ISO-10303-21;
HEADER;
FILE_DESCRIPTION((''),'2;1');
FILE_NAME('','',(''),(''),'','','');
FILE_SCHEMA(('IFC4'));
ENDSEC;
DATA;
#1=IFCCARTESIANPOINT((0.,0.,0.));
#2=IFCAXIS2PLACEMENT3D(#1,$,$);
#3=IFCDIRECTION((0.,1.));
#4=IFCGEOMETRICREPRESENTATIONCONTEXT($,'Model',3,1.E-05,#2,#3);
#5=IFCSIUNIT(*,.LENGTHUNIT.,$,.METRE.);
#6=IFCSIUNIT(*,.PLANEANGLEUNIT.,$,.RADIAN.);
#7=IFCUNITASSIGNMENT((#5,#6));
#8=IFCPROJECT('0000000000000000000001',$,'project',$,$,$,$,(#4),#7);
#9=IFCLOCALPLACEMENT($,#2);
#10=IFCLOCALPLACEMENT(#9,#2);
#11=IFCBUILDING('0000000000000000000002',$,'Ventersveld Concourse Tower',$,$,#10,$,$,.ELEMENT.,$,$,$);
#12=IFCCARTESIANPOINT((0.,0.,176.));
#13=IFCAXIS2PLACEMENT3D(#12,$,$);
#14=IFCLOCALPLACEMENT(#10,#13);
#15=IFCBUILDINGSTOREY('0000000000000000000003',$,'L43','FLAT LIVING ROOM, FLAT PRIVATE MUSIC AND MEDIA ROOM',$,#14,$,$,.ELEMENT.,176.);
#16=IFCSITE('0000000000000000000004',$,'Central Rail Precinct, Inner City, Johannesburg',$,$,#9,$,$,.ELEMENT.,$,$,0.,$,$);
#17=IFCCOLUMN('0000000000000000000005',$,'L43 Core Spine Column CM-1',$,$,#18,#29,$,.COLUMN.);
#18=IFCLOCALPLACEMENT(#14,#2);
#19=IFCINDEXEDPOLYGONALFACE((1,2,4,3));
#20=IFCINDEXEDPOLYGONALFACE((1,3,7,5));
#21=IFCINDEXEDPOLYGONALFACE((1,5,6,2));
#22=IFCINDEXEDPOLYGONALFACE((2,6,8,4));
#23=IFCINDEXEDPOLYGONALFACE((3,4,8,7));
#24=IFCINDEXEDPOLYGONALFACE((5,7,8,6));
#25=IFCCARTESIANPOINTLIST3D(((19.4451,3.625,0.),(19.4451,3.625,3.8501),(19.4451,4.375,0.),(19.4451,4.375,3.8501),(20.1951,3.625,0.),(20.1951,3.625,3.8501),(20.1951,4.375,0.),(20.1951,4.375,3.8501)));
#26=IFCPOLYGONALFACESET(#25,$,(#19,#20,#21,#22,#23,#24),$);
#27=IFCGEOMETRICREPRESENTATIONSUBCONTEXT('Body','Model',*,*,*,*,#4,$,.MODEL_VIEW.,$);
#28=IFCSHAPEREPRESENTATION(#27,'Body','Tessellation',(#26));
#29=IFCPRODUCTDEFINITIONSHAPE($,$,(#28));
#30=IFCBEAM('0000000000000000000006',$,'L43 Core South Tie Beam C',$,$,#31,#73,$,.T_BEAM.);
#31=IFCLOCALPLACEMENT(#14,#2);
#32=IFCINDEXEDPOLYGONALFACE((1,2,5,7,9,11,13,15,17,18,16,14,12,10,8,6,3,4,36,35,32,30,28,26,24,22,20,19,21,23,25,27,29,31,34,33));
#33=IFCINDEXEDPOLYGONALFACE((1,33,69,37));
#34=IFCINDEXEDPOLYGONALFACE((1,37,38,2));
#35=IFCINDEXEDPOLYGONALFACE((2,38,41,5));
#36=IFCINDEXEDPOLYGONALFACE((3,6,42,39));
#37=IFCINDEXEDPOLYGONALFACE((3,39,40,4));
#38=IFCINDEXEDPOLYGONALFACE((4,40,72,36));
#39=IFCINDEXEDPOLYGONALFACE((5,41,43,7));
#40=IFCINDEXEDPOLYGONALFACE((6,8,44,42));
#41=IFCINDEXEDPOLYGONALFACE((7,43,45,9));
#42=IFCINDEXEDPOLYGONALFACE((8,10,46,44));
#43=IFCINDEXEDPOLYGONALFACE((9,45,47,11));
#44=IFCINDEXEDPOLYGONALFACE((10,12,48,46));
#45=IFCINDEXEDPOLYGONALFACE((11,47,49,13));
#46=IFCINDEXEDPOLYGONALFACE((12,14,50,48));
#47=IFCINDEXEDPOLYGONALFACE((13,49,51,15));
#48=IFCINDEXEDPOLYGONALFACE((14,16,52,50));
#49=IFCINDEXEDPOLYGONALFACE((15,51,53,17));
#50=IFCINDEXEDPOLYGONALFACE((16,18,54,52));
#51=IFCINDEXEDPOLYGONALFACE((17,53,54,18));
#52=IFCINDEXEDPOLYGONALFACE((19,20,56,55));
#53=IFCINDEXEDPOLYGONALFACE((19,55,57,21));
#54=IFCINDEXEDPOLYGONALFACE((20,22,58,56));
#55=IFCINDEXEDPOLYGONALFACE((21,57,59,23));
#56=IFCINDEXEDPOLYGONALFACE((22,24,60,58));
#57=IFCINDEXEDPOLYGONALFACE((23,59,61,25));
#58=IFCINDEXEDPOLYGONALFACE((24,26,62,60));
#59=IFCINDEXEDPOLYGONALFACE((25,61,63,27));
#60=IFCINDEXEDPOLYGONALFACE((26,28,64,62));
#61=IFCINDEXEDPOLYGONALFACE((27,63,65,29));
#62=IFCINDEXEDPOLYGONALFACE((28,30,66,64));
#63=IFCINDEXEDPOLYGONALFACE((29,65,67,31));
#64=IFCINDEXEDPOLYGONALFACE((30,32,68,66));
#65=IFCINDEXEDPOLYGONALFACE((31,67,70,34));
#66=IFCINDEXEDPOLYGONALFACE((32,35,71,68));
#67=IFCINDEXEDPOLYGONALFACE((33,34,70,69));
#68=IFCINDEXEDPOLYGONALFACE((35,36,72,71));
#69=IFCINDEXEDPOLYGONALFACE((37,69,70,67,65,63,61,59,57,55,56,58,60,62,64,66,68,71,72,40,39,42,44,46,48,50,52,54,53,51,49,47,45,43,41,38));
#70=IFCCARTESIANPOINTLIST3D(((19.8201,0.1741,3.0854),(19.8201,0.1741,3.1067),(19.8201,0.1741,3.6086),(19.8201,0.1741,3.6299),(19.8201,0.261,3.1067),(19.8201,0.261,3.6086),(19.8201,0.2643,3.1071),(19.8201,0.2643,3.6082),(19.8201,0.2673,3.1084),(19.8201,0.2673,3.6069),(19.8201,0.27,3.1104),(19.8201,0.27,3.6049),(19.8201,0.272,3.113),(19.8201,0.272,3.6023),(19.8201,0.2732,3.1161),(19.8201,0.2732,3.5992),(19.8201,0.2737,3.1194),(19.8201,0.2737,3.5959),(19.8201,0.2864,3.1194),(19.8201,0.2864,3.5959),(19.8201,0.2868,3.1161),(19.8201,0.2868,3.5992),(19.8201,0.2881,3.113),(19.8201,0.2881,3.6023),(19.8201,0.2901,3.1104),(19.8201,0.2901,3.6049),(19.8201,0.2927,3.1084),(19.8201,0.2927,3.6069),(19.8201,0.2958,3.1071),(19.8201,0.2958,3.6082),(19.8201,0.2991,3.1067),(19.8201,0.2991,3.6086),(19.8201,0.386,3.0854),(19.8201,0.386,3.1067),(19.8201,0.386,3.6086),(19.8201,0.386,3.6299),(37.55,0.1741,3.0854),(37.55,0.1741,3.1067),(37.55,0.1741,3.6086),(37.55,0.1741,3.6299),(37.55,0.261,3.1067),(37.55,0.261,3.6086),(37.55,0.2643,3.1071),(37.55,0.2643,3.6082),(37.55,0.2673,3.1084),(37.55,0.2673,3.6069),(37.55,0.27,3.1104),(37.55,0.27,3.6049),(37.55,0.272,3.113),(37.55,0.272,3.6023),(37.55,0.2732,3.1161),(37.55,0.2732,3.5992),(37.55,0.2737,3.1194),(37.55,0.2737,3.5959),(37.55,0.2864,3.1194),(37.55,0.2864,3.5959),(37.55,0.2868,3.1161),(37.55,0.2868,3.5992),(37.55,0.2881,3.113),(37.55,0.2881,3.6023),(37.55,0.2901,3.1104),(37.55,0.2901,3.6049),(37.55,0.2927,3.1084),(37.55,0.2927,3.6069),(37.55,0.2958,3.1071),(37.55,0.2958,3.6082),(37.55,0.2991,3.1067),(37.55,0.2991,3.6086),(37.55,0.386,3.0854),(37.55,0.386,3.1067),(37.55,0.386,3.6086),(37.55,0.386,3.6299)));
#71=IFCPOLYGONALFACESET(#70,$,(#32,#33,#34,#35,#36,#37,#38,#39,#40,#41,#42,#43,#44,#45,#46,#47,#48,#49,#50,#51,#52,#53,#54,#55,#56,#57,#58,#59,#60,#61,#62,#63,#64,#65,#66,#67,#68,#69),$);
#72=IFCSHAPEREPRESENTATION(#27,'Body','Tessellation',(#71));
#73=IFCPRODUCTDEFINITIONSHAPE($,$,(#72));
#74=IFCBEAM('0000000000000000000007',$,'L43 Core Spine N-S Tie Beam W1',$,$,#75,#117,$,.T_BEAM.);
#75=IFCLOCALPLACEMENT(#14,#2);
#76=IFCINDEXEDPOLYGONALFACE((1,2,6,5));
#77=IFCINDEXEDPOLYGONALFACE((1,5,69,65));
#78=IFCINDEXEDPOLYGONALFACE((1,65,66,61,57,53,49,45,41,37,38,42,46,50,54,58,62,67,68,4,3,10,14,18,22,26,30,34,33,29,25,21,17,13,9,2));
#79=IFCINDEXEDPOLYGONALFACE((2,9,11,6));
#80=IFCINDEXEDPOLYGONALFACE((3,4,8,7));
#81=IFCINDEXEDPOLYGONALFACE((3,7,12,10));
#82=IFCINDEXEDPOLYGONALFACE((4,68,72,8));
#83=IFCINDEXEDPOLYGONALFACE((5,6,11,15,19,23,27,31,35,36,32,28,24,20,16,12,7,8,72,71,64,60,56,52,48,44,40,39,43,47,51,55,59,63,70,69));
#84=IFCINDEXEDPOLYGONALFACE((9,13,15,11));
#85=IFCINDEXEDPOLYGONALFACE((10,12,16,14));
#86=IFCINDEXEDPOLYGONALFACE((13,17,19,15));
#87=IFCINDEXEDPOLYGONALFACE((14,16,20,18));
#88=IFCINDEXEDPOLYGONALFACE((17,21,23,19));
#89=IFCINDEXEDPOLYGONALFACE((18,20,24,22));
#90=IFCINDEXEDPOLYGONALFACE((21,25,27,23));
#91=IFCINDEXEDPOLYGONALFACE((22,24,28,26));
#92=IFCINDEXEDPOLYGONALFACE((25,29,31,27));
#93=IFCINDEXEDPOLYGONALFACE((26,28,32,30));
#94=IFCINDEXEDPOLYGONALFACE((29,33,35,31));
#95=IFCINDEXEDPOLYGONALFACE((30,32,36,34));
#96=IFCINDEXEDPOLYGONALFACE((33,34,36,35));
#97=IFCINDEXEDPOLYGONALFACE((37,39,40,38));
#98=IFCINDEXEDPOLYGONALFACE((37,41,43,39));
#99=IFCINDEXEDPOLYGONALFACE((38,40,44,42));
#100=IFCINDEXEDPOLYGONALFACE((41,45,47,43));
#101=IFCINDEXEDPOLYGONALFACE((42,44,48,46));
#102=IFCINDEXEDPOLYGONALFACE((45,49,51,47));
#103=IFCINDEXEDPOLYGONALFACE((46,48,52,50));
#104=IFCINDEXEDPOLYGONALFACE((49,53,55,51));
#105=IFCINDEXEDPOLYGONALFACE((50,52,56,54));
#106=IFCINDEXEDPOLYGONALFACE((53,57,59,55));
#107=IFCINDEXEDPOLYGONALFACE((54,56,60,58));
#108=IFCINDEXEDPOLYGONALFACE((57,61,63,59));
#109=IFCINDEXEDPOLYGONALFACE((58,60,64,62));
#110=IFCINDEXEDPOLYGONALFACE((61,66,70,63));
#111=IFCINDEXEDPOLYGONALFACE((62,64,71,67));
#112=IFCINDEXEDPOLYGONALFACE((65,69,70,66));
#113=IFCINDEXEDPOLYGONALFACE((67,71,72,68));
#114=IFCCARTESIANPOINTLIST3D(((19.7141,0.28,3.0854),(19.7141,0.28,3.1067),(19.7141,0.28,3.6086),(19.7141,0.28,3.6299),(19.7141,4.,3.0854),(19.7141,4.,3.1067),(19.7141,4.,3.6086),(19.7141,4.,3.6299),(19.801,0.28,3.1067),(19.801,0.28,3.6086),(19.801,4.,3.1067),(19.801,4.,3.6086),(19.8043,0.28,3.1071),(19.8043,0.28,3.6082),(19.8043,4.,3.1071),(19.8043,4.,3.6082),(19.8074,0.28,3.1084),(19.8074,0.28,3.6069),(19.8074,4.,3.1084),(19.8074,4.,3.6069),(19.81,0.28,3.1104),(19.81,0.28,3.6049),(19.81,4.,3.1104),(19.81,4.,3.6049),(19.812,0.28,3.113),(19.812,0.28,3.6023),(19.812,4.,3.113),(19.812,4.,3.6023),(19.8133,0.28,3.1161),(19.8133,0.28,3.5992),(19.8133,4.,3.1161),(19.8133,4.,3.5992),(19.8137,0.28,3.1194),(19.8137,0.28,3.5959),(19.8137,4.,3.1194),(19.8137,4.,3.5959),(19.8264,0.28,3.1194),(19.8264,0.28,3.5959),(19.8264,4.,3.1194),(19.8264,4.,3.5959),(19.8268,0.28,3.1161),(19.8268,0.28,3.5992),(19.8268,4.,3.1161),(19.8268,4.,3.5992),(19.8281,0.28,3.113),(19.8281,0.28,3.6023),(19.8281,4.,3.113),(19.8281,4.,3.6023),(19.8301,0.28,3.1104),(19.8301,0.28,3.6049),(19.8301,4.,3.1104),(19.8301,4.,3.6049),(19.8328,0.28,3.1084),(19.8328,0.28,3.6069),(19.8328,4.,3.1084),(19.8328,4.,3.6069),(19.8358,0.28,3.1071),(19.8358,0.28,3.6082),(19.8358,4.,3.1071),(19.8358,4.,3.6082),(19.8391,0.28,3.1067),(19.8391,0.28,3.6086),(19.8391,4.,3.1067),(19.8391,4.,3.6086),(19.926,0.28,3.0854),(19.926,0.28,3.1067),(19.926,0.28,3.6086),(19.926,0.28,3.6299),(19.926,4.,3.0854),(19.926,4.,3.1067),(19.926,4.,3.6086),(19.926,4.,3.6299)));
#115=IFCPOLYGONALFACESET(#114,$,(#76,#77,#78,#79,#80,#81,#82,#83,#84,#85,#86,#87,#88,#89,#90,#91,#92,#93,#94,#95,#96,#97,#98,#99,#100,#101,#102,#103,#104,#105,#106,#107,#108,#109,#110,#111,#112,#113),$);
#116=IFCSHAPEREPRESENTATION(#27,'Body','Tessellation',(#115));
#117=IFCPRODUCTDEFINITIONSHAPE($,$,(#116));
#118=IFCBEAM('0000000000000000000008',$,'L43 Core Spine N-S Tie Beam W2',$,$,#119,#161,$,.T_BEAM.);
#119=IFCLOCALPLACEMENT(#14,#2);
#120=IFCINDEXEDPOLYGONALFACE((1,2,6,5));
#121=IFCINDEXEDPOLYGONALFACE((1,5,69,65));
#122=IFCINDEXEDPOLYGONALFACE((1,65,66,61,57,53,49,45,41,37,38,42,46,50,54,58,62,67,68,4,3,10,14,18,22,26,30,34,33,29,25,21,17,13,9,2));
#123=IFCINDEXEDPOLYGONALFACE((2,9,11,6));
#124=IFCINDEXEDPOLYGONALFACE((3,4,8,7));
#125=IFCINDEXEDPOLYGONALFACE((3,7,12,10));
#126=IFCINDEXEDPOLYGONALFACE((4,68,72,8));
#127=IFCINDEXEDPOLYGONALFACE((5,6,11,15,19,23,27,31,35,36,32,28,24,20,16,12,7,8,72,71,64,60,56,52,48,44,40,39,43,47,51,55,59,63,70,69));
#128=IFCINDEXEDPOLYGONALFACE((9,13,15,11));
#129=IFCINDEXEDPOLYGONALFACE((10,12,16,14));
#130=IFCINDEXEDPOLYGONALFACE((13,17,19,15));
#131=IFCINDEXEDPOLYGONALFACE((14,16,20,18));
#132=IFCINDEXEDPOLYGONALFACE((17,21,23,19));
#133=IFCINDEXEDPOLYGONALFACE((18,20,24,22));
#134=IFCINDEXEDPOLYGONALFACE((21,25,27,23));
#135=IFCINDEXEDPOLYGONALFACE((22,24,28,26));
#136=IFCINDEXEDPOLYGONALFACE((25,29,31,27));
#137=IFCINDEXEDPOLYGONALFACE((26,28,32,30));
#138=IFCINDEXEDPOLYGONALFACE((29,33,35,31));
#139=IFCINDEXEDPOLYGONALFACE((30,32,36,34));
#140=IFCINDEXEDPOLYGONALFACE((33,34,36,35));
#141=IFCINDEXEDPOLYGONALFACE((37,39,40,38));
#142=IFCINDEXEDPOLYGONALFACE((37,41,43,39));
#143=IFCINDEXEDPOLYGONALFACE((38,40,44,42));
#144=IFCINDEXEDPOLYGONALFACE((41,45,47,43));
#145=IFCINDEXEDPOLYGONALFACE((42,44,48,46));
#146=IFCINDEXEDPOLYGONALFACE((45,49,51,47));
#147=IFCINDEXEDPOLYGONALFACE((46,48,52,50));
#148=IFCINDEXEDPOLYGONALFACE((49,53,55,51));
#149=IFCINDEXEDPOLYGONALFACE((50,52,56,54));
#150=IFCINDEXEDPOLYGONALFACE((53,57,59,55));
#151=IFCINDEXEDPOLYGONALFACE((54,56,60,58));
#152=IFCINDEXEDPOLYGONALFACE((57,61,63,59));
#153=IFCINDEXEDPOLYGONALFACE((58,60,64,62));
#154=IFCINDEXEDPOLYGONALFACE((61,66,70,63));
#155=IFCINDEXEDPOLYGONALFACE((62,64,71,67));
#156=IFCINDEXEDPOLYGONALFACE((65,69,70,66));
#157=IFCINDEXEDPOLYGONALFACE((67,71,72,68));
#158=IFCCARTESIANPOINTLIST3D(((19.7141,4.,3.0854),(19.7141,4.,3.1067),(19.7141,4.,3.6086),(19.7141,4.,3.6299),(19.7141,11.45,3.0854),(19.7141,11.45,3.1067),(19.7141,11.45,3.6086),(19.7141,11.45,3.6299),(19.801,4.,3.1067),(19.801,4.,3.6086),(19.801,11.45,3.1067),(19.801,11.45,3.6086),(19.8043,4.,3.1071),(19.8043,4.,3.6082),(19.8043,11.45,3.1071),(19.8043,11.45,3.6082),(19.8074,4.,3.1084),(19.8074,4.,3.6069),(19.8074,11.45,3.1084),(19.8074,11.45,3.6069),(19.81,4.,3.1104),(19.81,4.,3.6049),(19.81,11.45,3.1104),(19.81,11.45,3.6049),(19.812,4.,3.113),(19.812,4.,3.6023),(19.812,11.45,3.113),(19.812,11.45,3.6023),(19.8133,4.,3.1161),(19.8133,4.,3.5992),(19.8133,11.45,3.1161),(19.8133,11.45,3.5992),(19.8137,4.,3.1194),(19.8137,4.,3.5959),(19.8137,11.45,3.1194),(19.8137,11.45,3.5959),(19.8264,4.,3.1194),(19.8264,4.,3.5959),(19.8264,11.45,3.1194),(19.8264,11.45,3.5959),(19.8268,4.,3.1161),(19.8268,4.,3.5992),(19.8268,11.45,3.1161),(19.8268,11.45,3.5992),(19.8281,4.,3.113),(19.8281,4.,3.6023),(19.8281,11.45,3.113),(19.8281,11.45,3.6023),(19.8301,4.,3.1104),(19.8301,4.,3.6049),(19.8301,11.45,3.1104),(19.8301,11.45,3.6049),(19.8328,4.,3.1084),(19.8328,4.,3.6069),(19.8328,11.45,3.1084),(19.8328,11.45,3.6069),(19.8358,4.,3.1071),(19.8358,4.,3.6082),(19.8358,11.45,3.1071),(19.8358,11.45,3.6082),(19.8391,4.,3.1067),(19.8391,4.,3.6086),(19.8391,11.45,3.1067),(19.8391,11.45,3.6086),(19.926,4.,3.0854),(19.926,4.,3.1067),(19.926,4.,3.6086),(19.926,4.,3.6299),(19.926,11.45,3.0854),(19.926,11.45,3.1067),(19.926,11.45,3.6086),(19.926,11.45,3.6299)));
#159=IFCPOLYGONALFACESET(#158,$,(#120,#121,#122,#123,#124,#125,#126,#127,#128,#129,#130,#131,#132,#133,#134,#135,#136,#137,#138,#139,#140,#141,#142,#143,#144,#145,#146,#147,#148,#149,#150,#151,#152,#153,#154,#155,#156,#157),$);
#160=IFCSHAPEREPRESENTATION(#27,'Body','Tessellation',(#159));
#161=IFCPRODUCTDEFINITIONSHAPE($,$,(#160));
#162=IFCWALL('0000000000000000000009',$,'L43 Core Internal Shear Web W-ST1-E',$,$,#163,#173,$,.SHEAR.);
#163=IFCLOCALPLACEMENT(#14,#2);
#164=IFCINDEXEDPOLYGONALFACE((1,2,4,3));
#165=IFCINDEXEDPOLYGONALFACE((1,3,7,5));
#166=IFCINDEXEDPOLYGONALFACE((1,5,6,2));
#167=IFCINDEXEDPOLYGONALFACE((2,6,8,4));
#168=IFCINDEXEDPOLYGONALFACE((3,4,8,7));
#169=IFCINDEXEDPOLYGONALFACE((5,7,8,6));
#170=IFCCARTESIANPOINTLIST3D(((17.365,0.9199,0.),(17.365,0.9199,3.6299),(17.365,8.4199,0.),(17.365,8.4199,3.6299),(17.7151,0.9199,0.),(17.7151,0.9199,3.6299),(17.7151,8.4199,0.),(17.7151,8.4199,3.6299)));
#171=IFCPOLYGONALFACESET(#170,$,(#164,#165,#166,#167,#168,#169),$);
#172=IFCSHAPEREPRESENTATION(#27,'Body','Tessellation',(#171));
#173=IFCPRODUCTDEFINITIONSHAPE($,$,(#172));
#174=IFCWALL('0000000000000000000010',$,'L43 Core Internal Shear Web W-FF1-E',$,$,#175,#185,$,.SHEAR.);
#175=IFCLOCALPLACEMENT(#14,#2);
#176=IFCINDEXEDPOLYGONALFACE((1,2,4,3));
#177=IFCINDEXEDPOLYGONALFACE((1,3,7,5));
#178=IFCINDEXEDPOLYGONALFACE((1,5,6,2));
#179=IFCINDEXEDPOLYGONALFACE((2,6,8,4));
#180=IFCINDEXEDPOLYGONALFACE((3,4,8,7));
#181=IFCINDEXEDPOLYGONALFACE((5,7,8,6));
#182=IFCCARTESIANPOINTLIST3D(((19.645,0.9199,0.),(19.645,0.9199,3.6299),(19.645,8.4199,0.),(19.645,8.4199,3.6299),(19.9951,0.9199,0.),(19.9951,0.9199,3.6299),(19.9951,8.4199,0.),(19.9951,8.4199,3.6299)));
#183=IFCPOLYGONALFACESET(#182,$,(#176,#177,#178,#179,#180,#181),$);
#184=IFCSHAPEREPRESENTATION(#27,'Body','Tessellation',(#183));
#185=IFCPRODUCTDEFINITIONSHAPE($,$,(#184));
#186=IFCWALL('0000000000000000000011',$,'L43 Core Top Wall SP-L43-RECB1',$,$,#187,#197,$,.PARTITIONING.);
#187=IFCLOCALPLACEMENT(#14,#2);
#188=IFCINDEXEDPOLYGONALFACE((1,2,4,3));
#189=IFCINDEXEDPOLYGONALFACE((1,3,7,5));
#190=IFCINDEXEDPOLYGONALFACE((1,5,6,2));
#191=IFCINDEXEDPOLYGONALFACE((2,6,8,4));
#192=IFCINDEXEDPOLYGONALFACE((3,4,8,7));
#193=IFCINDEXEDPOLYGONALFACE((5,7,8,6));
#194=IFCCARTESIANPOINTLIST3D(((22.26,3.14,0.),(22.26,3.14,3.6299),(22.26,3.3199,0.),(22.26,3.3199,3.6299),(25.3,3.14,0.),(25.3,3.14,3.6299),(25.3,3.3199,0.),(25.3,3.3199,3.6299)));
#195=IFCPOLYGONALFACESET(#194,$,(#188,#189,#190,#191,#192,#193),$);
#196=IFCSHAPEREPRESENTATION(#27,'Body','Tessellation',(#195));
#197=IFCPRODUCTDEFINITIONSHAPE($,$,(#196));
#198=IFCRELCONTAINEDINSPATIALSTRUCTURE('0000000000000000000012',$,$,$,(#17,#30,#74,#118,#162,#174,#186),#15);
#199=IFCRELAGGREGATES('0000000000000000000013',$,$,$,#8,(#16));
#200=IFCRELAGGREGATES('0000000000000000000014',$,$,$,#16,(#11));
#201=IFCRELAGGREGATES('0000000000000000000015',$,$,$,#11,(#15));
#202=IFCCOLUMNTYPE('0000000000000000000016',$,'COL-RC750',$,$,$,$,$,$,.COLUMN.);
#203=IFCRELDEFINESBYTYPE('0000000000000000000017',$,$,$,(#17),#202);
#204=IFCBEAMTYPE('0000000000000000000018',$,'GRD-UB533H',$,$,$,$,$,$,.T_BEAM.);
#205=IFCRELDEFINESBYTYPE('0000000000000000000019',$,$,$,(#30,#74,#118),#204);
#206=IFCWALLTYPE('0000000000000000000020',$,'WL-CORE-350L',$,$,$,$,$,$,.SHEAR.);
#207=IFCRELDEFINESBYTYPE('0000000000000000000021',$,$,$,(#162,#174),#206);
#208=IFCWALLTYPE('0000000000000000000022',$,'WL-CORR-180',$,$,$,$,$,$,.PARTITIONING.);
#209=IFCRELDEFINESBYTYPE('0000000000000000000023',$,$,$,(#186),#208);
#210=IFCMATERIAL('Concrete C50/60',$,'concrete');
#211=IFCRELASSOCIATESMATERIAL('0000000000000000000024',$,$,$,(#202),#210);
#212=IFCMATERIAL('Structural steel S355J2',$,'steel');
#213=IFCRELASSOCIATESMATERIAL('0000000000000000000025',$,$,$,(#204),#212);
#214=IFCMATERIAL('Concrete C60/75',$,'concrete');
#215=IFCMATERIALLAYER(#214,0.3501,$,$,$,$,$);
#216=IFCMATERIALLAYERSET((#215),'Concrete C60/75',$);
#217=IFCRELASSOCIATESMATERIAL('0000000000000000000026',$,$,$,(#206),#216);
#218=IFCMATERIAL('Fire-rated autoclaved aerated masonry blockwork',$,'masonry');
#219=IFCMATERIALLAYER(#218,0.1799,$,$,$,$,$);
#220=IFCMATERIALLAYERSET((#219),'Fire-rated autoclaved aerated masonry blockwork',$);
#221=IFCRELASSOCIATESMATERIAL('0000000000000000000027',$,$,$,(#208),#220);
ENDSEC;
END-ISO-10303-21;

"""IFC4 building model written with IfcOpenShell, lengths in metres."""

from ifc_helpers import new_model, si_unit, direction, frame, frame_2d, origin, origin_2d, place, context, subcontext, project, spatial, rectangle, i_section, extrude, material, layer, layer_set, material_profile, profile_set, type_object, element, save


model = new_model("IFC4")

# Units and contexts
model_context = context("Model", 3, precision=1e-05, world=origin(), true_north=direction((0.0, 1.0)))
body_context = subcontext(model_context, "Body", "Model", "MODEL_VIEW")
ifc_project = project(units=[si_unit("LENGTHUNIT", "METRE"), si_unit("PLANEANGLEUNIT", "RADIAN")], contexts=[model_context])

# Site, building, storey
site_placement = place(None, origin())
site = spatial("IfcSite", under=ifc_project, at=site_placement, Name="Central Rail Precinct, Inner City, Johannesburg", CompositionType="ELEMENT", RefElevation=0.0)
building_placement = place(site_placement, origin())
building = spatial("IfcBuilding", under=site, at=building_placement, Name="Ventersveld Concourse Tower", CompositionType="ELEMENT")
storey_placement = place(building_placement, frame((0.0, 0.0, 176.0)))
storey = spatial("IfcBuildingStorey", under=building, at=storey_placement, Name="L43", Description="FLAT LIVING ROOM, FLAT PRIVATE MUSIC AND MEDIA ROOM", CompositionType="ELEMENT", Elevation=176.0)

# Column
ifc_material_1 = material(Name="Concrete C50/60", Category="concrete")
ifc_material_profile_1 = material_profile(ifc_material_1, rectangle(XDim=0.75, YDim=0.75, at=origin_2d()), Name="RC 750x750")
ifc_profile_set_1 = profile_set([ifc_material_profile_1], Name="Concrete C50/60")
column_type = type_object("IfcColumnType", Name="COL-RC750", PredefinedType="COLUMN", material=ifc_profile_set_1)
column_placement = place(storey_placement, frame((19.8201, 4.0, 0.0), z_axis=(0.0, 0.0, 1.0), x_axis=(1.0, 0.0, 0.0)))
element("IfcColumn", 1, at=column_placement, inside=storey, type_object=column_type, Name="L43 Core Spine Column CM-1", PredefinedType="COLUMN", context=body_context, shape_type="SweptSolid", body=[
    extrude(rectangle(XDim=0.75, YDim=0.75, at=origin_2d()), origin(), (0.0, 0.0, 1.0), 3.8501),
])

# Beams
ifc_material_2 = material(Name="Structural steel S355J2", Category="steel")
ifc_material_profile_2 = material_profile(ifc_material_2, i_section(OverallWidth=0.2119, OverallDepth=0.5444, WebThickness=0.0127, FlangeThickness=0.0212, FilletRadius=0.0127, at=origin_2d()), Name="UB 533x210x122")
ifc_profile_set_2 = profile_set([ifc_material_profile_2], Name="Structural steel S355J2")
beam_type = type_object("IfcBeamType", Name="GRD-UB533H", PredefinedType="T_BEAM", material=ifc_profile_set_2)
beam_1_placement = place(storey_placement, frame((19.8201, 0.28, 3.3577), z_axis=(1.0, 0.0, 0.0), x_axis=(0.0, 1.0, 0.0)))
element("IfcBeam", 2, at=beam_1_placement, inside=storey, type_object=beam_type, Name="L43 Core South Tie Beam C", PredefinedType="T_BEAM", context=body_context, shape_type="SweptSolid", body=[
    extrude(i_section(OverallWidth=0.2119, OverallDepth=0.5444, WebThickness=0.0127, FlangeThickness=0.0212, FilletRadius=0.0127, at=origin_2d()), origin(), (0.0, 0.0, 1.0), 17.73),
])
beam_2_placement = place(storey_placement, frame((19.8201, 0.28, 3.3577), z_axis=(0.0, 1.0, 0.0), x_axis=(-1.0, 0.0, 0.0)))
element("IfcBeam", 3, at=beam_2_placement, inside=storey, type_object=beam_type, Name="L43 Core Spine N-S Tie Beam W1", PredefinedType="T_BEAM", context=body_context, shape_type="SweptSolid", body=[
    extrude(i_section(OverallWidth=0.2119, OverallDepth=0.5444, WebThickness=0.0127, FlangeThickness=0.0212, FilletRadius=0.0127, at=origin_2d()), origin(), (0.0, 0.0, 1.0), 3.72),
])
beam_3_placement = place(storey_placement, frame((19.8201, 4.0, 3.3577), z_axis=(0.0, 1.0, 0.0), x_axis=(-1.0, 0.0, 0.0)))
element("IfcBeam", 4, at=beam_3_placement, inside=storey, type_object=beam_type, Name="L43 Core Spine N-S Tie Beam W2", PredefinedType="T_BEAM", context=body_context, shape_type="SweptSolid", body=[
    extrude(i_section(OverallWidth=0.2119, OverallDepth=0.5444, WebThickness=0.0127, FlangeThickness=0.0212, FilletRadius=0.0127, at=origin_2d()), origin(), (0.0, 0.0, 1.0), 7.45),
])

# Walls
ifc_material_3 = material(Name="Concrete C60/75", Category="concrete")
ifc_layer_1 = layer(ifc_material_3, 0.3501)
ifc_layer_set_1 = layer_set([ifc_layer_1], Name="Concrete C60/75")
wall_type_1 = type_object("IfcWallType", Name="WL-CORE-350L", PredefinedType="SHEAR", material=ifc_layer_set_1)
for number, where, z_axis, x_axis, name in (
    (5, (17.54, 0.9199, 0.0), (0.0, 0.0, 1.0), (0.0, 1.0, 0.0), "L43 Core Internal Shear Web W-ST1-E"),
    (6, (19.8201, 0.9199, 0.0), (0.0, 0.0, 1.0), (0.0, 1.0, 0.0), "L43 Core Internal Shear Web W-FF1-E"),
):
    element("IfcWall", number, at=place(storey_placement, frame(where, z_axis=z_axis, x_axis=x_axis)), inside=storey, type_object=wall_type_1, Name=name, PredefinedType="SHEAR", context=body_context, shape_type="SweptSolid", body=[
        extrude(rectangle(XDim=7.5, YDim=0.3501, at=frame_2d((3.75, 0.0))), origin(), (0.0, 0.0, 1.0), 3.6299),
    ])
ifc_material_4 = material(Name="Fire-rated autoclaved aerated masonry blockwork", Category="masonry")
ifc_layer_2 = layer(ifc_material_4, 0.1799)
ifc_layer_set_2 = layer_set([ifc_layer_2], Name="Fire-rated autoclaved aerated masonry blockwork")
wall_type_2 = type_object("IfcWallType", Name="WL-CORR-180", PredefinedType="PARTITIONING", material=ifc_layer_set_2)
wall_1_placement = place(storey_placement, frame((22.26, 3.23, 0.0), z_axis=(0.0, 0.0, 1.0), x_axis=(1.0, 0.0, 0.0)))
element("IfcWall", 7, at=wall_1_placement, inside=storey, type_object=wall_type_2, Name="L43 Core Top Wall SP-L43-RECB1", PredefinedType="PARTITIONING", context=body_context, shape_type="SweptSolid", body=[
    extrude(rectangle(XDim=3.04, YDim=0.1799, at=frame_2d((1.52, 0.0))), origin(), (0.0, 0.0, 1.0), 3.6299),
])

save(model, "model.ifc")
